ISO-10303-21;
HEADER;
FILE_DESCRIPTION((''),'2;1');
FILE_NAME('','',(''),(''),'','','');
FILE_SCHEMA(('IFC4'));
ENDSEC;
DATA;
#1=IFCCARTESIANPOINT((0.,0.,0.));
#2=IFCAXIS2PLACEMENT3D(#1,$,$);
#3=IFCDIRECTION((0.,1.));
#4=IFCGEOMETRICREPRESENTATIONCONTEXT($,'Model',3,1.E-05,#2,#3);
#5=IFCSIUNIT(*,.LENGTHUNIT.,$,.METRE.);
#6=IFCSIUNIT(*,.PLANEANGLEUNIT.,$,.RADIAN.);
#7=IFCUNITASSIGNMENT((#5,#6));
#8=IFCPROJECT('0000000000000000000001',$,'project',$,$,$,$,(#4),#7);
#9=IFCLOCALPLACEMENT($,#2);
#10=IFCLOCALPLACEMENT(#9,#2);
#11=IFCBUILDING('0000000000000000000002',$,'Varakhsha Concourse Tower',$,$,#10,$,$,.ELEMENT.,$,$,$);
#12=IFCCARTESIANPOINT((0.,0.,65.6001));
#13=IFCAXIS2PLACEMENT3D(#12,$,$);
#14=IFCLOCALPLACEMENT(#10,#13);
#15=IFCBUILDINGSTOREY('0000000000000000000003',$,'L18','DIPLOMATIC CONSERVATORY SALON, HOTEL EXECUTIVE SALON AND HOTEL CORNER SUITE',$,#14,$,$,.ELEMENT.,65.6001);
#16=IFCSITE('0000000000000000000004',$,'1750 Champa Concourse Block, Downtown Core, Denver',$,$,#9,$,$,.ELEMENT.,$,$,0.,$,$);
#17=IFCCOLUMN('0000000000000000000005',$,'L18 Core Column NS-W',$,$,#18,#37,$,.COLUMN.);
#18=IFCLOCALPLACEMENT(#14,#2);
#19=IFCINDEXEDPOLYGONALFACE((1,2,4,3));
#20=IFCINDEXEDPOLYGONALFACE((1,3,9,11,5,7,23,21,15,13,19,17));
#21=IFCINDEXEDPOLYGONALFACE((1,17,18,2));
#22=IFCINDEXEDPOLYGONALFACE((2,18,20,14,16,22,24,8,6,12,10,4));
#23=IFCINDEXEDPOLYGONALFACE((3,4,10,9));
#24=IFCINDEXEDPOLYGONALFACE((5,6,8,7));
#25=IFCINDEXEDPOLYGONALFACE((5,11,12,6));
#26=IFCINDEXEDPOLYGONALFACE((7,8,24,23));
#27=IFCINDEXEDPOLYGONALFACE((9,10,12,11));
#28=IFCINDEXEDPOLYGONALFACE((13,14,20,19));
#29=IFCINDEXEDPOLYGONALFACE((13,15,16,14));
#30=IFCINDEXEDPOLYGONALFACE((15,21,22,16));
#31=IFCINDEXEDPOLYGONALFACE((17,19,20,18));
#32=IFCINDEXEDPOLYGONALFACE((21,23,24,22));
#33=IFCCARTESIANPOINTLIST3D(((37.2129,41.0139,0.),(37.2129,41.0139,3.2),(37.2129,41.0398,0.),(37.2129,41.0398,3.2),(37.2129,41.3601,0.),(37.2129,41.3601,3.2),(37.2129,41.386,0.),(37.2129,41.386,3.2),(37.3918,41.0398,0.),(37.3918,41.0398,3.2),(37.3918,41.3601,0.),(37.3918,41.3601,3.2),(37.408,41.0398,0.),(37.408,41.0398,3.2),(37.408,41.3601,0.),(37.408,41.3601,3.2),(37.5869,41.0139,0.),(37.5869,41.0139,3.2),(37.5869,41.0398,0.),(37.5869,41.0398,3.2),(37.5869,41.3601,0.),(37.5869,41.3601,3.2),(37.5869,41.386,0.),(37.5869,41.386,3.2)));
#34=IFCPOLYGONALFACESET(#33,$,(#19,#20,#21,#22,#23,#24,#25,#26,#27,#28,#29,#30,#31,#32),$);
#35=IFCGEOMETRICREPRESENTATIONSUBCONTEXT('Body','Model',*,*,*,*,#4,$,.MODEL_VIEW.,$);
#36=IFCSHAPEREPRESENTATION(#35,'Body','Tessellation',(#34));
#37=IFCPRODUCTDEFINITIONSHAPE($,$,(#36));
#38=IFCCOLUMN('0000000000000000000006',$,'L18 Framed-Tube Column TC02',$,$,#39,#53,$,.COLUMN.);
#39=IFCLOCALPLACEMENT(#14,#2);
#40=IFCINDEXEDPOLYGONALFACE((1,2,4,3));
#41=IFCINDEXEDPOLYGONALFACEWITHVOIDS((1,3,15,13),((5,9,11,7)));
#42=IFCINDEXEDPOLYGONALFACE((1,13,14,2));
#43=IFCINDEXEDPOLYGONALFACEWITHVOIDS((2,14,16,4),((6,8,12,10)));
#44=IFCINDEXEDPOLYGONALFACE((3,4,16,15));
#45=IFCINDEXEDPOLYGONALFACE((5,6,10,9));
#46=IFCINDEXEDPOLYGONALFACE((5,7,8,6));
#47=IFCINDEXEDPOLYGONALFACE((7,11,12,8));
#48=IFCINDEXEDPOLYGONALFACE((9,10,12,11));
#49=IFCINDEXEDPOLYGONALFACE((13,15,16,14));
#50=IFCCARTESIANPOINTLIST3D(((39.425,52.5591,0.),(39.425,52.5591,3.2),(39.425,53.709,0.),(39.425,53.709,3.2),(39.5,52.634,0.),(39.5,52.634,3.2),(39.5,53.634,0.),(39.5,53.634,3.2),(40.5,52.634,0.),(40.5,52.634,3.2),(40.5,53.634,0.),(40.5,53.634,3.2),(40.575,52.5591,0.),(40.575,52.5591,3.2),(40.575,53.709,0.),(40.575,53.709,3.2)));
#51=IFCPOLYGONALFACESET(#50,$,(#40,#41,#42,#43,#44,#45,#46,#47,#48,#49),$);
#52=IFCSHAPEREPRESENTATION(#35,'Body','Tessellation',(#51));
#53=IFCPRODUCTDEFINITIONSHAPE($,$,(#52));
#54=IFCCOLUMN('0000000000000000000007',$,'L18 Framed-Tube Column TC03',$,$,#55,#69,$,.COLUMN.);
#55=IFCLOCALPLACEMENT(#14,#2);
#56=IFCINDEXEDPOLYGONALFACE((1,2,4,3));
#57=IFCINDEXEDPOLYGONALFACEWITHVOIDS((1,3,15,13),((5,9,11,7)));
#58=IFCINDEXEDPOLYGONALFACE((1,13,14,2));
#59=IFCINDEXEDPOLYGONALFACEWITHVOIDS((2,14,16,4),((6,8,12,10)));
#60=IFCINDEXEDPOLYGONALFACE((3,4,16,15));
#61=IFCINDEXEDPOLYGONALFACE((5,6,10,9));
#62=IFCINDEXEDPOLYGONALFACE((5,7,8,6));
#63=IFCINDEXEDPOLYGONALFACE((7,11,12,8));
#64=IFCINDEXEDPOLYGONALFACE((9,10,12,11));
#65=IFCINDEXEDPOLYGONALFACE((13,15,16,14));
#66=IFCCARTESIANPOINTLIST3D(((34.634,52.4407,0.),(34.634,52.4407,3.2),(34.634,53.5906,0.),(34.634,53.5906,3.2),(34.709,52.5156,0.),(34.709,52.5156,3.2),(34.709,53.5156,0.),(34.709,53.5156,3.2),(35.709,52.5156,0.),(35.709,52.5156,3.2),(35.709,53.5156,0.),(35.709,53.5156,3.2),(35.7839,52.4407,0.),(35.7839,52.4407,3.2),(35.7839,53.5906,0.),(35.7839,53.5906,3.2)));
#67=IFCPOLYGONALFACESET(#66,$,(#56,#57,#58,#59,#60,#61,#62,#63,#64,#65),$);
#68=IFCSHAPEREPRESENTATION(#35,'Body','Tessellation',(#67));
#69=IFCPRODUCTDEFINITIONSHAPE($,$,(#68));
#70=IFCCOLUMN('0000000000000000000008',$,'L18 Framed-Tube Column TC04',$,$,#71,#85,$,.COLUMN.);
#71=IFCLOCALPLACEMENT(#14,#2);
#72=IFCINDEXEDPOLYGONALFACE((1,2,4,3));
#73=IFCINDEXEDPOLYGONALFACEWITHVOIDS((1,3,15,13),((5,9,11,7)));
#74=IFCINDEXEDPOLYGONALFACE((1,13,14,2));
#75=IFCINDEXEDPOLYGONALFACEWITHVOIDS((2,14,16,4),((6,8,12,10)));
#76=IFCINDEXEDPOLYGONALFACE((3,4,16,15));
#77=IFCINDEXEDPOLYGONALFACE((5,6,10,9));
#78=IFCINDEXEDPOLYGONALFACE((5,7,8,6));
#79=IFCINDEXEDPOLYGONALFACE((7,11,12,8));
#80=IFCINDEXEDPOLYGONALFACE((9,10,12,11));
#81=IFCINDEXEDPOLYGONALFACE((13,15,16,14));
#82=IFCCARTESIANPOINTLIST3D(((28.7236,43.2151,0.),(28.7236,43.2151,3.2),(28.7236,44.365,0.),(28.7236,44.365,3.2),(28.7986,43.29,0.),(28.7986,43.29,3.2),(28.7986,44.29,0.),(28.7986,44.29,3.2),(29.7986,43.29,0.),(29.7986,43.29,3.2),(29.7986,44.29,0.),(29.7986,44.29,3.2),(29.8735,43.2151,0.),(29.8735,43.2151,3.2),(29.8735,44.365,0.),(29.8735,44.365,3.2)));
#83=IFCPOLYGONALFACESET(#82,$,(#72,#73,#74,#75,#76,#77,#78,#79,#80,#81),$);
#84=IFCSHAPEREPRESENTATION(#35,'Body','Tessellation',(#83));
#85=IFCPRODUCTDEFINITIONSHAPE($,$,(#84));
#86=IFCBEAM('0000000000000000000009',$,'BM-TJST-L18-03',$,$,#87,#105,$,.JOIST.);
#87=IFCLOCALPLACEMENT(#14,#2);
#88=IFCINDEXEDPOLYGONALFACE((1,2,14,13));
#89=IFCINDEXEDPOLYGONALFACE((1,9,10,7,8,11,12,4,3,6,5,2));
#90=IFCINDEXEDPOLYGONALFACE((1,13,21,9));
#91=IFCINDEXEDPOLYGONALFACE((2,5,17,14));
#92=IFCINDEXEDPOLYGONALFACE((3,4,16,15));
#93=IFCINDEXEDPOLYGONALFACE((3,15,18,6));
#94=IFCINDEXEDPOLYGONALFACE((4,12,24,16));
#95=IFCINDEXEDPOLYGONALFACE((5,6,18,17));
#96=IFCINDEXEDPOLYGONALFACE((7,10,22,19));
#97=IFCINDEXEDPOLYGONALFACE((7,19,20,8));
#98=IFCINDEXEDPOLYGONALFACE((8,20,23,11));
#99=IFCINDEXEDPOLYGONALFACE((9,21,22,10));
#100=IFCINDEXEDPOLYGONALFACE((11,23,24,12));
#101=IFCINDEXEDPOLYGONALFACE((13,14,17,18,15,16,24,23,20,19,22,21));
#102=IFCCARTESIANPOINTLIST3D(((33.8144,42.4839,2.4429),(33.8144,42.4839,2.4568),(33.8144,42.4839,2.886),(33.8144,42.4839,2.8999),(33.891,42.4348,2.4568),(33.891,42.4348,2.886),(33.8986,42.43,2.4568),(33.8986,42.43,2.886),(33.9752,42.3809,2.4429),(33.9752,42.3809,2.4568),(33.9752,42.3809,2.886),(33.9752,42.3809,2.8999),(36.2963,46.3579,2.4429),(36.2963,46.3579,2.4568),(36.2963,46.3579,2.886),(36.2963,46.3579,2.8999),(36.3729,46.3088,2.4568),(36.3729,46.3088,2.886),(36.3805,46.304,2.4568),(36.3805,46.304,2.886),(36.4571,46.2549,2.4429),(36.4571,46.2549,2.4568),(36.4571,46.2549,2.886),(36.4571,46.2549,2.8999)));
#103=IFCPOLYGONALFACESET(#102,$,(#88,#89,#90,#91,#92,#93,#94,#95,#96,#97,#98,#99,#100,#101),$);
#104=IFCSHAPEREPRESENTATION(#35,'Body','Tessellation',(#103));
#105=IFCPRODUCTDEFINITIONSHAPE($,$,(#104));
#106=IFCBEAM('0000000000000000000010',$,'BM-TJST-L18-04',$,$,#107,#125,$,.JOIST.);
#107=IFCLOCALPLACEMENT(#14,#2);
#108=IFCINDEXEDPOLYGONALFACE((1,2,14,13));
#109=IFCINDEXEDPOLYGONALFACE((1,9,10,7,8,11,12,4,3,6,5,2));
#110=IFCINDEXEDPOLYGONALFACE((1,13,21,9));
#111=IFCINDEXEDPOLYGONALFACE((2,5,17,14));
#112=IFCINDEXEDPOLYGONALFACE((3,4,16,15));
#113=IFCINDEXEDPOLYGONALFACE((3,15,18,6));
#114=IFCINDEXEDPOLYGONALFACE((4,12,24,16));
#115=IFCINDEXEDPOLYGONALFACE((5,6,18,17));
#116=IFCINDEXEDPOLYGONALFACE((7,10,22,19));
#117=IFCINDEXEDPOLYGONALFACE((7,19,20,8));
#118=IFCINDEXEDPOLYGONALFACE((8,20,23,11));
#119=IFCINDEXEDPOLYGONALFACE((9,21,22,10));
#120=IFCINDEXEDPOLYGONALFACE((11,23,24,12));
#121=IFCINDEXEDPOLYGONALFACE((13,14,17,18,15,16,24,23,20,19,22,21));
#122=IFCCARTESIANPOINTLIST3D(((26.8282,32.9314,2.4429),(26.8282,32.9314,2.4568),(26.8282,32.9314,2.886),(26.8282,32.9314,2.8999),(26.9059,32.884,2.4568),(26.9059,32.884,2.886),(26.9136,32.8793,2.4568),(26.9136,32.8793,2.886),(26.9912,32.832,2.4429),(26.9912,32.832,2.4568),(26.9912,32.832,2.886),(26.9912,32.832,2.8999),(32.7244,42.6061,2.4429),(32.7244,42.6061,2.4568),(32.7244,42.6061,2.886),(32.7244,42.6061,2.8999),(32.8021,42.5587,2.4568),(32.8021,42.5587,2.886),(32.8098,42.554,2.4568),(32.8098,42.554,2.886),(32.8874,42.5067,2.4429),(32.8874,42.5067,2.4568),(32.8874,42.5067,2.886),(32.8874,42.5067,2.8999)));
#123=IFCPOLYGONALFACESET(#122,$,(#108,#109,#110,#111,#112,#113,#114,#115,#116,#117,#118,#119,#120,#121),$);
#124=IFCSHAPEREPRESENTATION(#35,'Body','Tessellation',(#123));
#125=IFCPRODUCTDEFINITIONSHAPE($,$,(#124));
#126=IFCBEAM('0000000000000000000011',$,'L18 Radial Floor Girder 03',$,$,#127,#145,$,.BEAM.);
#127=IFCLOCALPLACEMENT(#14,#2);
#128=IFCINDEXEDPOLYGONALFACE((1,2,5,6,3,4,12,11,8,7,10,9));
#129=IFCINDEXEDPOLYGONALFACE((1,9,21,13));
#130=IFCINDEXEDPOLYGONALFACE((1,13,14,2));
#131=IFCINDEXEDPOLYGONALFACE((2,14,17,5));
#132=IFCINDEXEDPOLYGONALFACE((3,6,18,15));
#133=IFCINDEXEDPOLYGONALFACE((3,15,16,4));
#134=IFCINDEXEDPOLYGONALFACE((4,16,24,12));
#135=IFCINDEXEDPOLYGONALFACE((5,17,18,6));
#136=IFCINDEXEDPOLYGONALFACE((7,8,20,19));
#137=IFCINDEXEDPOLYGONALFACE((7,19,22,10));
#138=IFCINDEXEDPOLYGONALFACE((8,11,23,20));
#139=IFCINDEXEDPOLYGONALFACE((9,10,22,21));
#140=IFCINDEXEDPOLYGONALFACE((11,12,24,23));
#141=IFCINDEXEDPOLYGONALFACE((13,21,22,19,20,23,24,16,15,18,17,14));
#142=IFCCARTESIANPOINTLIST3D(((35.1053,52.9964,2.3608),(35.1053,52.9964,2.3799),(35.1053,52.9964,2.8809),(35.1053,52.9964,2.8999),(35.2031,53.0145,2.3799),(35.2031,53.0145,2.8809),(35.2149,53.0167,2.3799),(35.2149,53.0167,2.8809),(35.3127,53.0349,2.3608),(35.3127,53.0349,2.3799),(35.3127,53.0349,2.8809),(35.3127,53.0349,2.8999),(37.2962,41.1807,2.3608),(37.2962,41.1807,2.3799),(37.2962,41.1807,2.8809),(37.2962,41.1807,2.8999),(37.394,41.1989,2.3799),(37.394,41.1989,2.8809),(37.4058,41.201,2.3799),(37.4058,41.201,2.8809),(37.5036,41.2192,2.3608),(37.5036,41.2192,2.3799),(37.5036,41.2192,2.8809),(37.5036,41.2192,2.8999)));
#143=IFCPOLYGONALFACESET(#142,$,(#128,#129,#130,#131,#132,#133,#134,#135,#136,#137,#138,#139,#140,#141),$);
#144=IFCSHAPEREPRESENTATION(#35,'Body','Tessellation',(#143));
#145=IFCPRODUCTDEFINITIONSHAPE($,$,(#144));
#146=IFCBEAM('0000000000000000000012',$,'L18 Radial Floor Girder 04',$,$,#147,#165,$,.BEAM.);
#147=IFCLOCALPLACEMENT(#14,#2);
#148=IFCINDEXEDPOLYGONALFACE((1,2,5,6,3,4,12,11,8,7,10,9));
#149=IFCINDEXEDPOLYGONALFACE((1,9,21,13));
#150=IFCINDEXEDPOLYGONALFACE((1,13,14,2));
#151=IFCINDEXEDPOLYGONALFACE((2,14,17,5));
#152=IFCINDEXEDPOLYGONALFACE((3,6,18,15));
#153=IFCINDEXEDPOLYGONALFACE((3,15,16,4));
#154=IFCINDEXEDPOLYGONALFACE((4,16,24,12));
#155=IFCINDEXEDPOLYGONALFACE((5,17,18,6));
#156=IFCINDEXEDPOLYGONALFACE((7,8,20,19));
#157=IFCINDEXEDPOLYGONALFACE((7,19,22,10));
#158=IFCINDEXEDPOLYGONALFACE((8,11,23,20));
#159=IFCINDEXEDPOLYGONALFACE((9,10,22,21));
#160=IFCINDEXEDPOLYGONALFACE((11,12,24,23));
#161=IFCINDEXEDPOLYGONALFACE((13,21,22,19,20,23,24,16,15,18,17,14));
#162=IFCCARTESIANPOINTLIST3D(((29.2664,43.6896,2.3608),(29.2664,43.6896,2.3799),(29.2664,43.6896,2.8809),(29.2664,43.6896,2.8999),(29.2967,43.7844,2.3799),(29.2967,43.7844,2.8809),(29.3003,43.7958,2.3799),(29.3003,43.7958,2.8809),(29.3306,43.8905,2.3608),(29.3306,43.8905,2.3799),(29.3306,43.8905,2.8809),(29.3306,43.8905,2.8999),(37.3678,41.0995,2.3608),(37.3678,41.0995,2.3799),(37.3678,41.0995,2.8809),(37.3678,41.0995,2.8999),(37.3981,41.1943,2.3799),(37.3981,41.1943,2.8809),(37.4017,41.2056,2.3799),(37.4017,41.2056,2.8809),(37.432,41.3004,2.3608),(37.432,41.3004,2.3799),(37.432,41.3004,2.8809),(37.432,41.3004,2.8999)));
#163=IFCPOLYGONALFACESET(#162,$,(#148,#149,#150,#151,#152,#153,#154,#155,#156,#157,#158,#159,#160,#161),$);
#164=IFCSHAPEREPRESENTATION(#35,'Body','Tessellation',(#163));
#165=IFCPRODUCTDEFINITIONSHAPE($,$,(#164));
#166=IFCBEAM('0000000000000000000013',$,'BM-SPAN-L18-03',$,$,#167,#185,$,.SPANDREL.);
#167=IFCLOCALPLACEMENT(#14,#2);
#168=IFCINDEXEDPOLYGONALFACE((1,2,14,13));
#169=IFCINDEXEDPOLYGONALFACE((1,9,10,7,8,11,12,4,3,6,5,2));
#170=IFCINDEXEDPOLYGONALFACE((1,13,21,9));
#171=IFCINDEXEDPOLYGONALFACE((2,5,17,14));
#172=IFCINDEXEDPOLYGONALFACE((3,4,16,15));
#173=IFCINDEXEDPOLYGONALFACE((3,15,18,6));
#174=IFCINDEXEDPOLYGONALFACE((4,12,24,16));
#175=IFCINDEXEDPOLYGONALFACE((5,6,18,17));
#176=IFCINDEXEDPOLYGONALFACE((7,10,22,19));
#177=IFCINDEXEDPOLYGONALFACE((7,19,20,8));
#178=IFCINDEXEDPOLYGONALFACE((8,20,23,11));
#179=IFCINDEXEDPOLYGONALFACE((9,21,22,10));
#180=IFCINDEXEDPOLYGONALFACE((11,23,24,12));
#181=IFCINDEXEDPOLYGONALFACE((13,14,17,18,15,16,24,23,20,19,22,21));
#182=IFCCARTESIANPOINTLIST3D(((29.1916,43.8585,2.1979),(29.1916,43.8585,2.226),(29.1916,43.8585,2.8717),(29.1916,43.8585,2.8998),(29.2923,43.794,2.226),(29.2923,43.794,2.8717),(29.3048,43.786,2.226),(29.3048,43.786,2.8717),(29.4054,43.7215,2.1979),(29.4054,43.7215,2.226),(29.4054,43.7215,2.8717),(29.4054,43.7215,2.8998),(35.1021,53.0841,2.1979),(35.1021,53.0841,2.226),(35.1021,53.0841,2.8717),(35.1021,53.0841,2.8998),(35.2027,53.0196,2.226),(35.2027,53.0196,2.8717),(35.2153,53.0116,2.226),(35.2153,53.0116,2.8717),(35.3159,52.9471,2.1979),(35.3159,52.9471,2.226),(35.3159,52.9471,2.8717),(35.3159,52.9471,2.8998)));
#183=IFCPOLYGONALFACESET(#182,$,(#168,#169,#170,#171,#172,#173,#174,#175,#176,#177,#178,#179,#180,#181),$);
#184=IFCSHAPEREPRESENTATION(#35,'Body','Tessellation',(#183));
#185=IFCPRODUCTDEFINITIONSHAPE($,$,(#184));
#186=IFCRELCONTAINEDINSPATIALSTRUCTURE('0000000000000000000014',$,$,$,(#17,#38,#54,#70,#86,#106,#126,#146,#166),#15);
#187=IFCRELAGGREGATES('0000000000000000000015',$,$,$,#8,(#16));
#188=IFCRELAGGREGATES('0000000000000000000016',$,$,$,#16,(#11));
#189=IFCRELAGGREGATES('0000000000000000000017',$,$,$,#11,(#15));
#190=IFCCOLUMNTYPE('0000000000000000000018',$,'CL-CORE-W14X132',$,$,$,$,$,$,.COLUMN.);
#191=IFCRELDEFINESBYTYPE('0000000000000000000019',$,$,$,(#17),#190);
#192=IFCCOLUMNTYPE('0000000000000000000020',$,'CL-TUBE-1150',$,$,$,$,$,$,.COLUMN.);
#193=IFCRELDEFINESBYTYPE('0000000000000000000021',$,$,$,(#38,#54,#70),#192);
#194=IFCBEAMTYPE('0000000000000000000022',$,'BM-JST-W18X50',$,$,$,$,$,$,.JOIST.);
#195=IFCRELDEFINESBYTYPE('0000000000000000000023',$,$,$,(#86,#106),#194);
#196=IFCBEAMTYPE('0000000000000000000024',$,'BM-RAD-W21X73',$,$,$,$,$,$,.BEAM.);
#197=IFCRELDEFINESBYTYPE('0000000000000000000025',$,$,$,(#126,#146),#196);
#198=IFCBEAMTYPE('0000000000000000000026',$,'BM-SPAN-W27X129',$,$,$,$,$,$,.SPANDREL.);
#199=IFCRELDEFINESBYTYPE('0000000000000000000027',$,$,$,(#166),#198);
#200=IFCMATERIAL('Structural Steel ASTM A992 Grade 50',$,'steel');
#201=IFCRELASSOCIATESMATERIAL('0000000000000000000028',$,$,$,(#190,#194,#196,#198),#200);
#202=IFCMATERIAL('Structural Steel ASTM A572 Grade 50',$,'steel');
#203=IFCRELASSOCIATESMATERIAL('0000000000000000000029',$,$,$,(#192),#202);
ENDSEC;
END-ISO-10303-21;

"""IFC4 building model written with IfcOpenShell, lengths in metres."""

from ifc_helpers import new_model, si_unit, direction, frame, origin, origin_2d, place, context, subcontext, project, spatial, hollow_rectangle, i_section, extrude, material, material_profile, profile_set, type_object, element, save


model = new_model("IFC4")

# Units and contexts
model_context = context("Model", 3, precision=1e-05, world=origin(), true_north=direction((0.0, 1.0)))
body_context = subcontext(model_context, "Body", "Model", "MODEL_VIEW")
ifc_project = project(units=[si_unit("LENGTHUNIT", "METRE"), si_unit("PLANEANGLEUNIT", "RADIAN")], contexts=[model_context])

# Site, building, storey
site_placement = place(None, origin())
site = spatial("IfcSite", under=ifc_project, at=site_placement, Name="1750 Champa Concourse Block, Downtown Core, Denver", CompositionType="ELEMENT", RefElevation=0.0)
building_placement = place(site_placement, origin())
building = spatial("IfcBuilding", under=site, at=building_placement, Name="Varakhsha Concourse Tower", CompositionType="ELEMENT")
storey_placement = place(building_placement, frame((0.0, 0.0, 65.6001)))
storey = spatial("IfcBuildingStorey", under=building, at=storey_placement, Name="L18", Description="DIPLOMATIC CONSERVATORY SALON, HOTEL EXECUTIVE SALON AND HOTEL CORNER SUITE", CompositionType="ELEMENT", Elevation=65.6001)

# Columns
ifc_material_1 = material(Name="Structural Steel ASTM A992 Grade 50", Category="steel")
ifc_material_profile_1 = material_profile(ifc_material_1, i_section(OverallWidth=0.374, OverallDepth=0.3721, WebThickness=0.0161, FlangeThickness=0.0259, at=origin_2d()), Name="W14X132")
ifc_profile_set_1 = profile_set([ifc_material_profile_1], Name="Structural Steel ASTM A992 Grade 50")
column_type_1 = type_object("IfcColumnType", Name="CL-CORE-W14X132", PredefinedType="COLUMN", material=ifc_profile_set_1)
column_placement = place(storey_placement, frame((37.3999, 41.2, 0.0), z_axis=(0.0, 0.0, 1.0), x_axis=(1.0, 0.0, 0.0)))
element("IfcColumn", 1, at=column_placement, inside=storey, type_object=column_type_1, Name="L18 Core Column NS-W", PredefinedType="COLUMN", context=body_context, shape_type="SweptSolid", body=[
    extrude(i_section(OverallWidth=0.374, OverallDepth=0.3721, WebThickness=0.0161, FlangeThickness=0.0259, at=origin_2d()), origin(), (0.0, 0.0, 1.0), 3.2),
])
ifc_material_2 = material(Name="Structural Steel ASTM A572 Grade 50", Category="steel")
ifc_material_profile_2 = material_profile(ifc_material_2, hollow_rectangle(XDim=1.1499, YDim=1.1499, WallThickness=0.075, at=origin_2d()), Name="BOX 1150x1150x75")
ifc_profile_set_2 = profile_set([ifc_material_profile_2], Name="Structural Steel ASTM A572 Grade 50")
column_type_2 = type_object("IfcColumnType", Name="CL-TUBE-1150", PredefinedType="COLUMN", material=ifc_profile_set_2)
for number, where, z_axis, x_axis, name in (
    (2, (40.0, 53.134, 0.0), (0.0, 0.0, 1.0), (1.0, 0.0, 0.0), "L18 Framed-Tube Column TC02"),
    (3, (35.209, 53.0156, 0.0), (0.0, 0.0, 1.0), (1.0, 0.0, 0.0), "L18 Framed-Tube Column TC03"),
    (4, (29.2986, 43.79, 0.0), (0.0, 0.0, 1.0), (1.0, 0.0, 0.0), "L18 Framed-Tube Column TC04"),
):
    element("IfcColumn", number, at=place(storey_placement, frame(where, z_axis=z_axis, x_axis=x_axis)), inside=storey, type_object=column_type_2, Name=name, PredefinedType="COLUMN", context=body_context, shape_type="SweptSolid", body=[
        extrude(hollow_rectangle(XDim=1.1499, YDim=1.1499, WallThickness=0.075, at=origin_2d()), origin(), (0.0, 0.0, 1.0), 3.2),
    ])

# Beams
ifc_material_profile_3 = material_profile(ifc_material_1, i_section(OverallWidth=0.1909, OverallDepth=0.457, WebThickness=0.009, FlangeThickness=0.0139, at=origin_2d()), Name="W18X50")
ifc_profile_set_3 = profile_set([ifc_material_profile_3], Name="Structural Steel ASTM A992 Grade 50")
beam_type_1 = type_object("IfcBeamType", Name="BM-JST-W18X50", PredefinedType="JOIST", material=ifc_profile_set_3)
beam_1_placement = place(storey_placement, frame((36.3767, 46.3064, 2.6714), z_axis=(-0.539448, -0.842019, 0.0), x_axis=(0.842019, -0.539448, 0.0)))
element("IfcBeam", 5, at=beam_1_placement, inside=storey, type_object=beam_type_1, Name="BM-TJST-L18-03", PredefinedType="JOIST", context=body_context, shape_type="SweptSolid", body=[
    extrude(i_section(OverallWidth=0.1909, OverallDepth=0.457, WebThickness=0.009, FlangeThickness=0.0139, at=origin_2d()), origin(), (0.0, 0.0, 1.0), 4.6008),
])
beam_2_placement = place(storey_placement, frame((32.8059, 42.5564, 2.6714), z_axis=(-0.520412, -0.853915, 0.0), x_axis=(0.853915, -0.520412, 0.0)))
element("IfcBeam", 6, at=beam_2_placement, inside=storey, type_object=beam_type_1, Name="BM-TJST-L18-04", PredefinedType="JOIST", context=body_context, shape_type="SweptSolid", body=[
    extrude(i_section(OverallWidth=0.1909, OverallDepth=0.457, WebThickness=0.009, FlangeThickness=0.0139, at=origin_2d()), origin(), (0.0, 0.0, 1.0), 11.3298),
])
ifc_material_profile_4 = material_profile(ifc_material_1, i_section(OverallWidth=0.2109, OverallDepth=0.5391, WebThickness=0.012, FlangeThickness=0.019, at=origin_2d()), Name="W21X73")
ifc_profile_set_4 = profile_set([ifc_material_profile_4], Name="Structural Steel ASTM A992 Grade 50")
beam_type_2 = type_object("IfcBeamType", Name="BM-RAD-W21X73", PredefinedType="BEAM", material=ifc_profile_set_4)
beam_3_placement = place(storey_placement, frame((37.3999, 41.2, 2.6304), z_axis=(-0.182317, 0.98324, 0.0), x_axis=(-0.98324, -0.182317, 0.0)))
element("IfcBeam", 7, at=beam_3_placement, inside=storey, type_object=beam_type_2, Name="L18 Radial Floor Girder 03", PredefinedType="BEAM", context=body_context, shape_type="SweptSolid", body=[
    extrude(i_section(OverallWidth=0.2109, OverallDepth=0.5391, WebThickness=0.012, FlangeThickness=0.019, at=origin_2d()), origin(), (0.0, 0.0, 1.0), 12.0171),
])
beam_4_placement = place(storey_placement, frame((37.3999, 41.2, 2.6304), z_axis=(-0.952504, 0.304527, 0.0), x_axis=(-0.304527, -0.952504, 0.0)))
element("IfcBeam", 8, at=beam_4_placement, inside=storey, type_object=beam_type_2, Name="L18 Radial Floor Girder 04", PredefinedType="BEAM", context=body_context, shape_type="SweptSolid", body=[
    extrude(i_section(OverallWidth=0.2109, OverallDepth=0.5391, WebThickness=0.012, FlangeThickness=0.019, at=origin_2d()), origin(), (0.0, 0.0, 1.0), 8.5054),
])
ifc_material_profile_5 = material_profile(ifc_material_1, i_section(OverallWidth=0.2539, OverallDepth=0.7019, WebThickness=0.0149, FlangeThickness=0.0281, at=origin_2d()), Name="W27X129")
ifc_profile_set_5 = profile_set([ifc_material_profile_5], Name="Structural Steel ASTM A992 Grade 50")
beam_type_3 = type_object("IfcBeamType", Name="BM-SPAN-W27X129", PredefinedType="SPANDREL", material=ifc_profile_set_5)
beam_5_placement = place(storey_placement, frame((35.209, 53.0156, 2.5488), z_axis=(-0.539444, -0.842022, 0.0), x_axis=(0.842022, -0.539444, 0.0)))
element("IfcBeam", 9, at=beam_5_placement, inside=storey, type_object=beam_type_3, Name="BM-SPAN-L18-03", PredefinedType="SPANDREL", context=body_context, shape_type="SweptSolid", body=[
    extrude(i_section(OverallWidth=0.2539, OverallDepth=0.7019, WebThickness=0.0149, FlangeThickness=0.0281, at=origin_2d()), origin(), (0.0, 0.0, 1.0), 10.9565),
])

save(model, "model.ifc")
